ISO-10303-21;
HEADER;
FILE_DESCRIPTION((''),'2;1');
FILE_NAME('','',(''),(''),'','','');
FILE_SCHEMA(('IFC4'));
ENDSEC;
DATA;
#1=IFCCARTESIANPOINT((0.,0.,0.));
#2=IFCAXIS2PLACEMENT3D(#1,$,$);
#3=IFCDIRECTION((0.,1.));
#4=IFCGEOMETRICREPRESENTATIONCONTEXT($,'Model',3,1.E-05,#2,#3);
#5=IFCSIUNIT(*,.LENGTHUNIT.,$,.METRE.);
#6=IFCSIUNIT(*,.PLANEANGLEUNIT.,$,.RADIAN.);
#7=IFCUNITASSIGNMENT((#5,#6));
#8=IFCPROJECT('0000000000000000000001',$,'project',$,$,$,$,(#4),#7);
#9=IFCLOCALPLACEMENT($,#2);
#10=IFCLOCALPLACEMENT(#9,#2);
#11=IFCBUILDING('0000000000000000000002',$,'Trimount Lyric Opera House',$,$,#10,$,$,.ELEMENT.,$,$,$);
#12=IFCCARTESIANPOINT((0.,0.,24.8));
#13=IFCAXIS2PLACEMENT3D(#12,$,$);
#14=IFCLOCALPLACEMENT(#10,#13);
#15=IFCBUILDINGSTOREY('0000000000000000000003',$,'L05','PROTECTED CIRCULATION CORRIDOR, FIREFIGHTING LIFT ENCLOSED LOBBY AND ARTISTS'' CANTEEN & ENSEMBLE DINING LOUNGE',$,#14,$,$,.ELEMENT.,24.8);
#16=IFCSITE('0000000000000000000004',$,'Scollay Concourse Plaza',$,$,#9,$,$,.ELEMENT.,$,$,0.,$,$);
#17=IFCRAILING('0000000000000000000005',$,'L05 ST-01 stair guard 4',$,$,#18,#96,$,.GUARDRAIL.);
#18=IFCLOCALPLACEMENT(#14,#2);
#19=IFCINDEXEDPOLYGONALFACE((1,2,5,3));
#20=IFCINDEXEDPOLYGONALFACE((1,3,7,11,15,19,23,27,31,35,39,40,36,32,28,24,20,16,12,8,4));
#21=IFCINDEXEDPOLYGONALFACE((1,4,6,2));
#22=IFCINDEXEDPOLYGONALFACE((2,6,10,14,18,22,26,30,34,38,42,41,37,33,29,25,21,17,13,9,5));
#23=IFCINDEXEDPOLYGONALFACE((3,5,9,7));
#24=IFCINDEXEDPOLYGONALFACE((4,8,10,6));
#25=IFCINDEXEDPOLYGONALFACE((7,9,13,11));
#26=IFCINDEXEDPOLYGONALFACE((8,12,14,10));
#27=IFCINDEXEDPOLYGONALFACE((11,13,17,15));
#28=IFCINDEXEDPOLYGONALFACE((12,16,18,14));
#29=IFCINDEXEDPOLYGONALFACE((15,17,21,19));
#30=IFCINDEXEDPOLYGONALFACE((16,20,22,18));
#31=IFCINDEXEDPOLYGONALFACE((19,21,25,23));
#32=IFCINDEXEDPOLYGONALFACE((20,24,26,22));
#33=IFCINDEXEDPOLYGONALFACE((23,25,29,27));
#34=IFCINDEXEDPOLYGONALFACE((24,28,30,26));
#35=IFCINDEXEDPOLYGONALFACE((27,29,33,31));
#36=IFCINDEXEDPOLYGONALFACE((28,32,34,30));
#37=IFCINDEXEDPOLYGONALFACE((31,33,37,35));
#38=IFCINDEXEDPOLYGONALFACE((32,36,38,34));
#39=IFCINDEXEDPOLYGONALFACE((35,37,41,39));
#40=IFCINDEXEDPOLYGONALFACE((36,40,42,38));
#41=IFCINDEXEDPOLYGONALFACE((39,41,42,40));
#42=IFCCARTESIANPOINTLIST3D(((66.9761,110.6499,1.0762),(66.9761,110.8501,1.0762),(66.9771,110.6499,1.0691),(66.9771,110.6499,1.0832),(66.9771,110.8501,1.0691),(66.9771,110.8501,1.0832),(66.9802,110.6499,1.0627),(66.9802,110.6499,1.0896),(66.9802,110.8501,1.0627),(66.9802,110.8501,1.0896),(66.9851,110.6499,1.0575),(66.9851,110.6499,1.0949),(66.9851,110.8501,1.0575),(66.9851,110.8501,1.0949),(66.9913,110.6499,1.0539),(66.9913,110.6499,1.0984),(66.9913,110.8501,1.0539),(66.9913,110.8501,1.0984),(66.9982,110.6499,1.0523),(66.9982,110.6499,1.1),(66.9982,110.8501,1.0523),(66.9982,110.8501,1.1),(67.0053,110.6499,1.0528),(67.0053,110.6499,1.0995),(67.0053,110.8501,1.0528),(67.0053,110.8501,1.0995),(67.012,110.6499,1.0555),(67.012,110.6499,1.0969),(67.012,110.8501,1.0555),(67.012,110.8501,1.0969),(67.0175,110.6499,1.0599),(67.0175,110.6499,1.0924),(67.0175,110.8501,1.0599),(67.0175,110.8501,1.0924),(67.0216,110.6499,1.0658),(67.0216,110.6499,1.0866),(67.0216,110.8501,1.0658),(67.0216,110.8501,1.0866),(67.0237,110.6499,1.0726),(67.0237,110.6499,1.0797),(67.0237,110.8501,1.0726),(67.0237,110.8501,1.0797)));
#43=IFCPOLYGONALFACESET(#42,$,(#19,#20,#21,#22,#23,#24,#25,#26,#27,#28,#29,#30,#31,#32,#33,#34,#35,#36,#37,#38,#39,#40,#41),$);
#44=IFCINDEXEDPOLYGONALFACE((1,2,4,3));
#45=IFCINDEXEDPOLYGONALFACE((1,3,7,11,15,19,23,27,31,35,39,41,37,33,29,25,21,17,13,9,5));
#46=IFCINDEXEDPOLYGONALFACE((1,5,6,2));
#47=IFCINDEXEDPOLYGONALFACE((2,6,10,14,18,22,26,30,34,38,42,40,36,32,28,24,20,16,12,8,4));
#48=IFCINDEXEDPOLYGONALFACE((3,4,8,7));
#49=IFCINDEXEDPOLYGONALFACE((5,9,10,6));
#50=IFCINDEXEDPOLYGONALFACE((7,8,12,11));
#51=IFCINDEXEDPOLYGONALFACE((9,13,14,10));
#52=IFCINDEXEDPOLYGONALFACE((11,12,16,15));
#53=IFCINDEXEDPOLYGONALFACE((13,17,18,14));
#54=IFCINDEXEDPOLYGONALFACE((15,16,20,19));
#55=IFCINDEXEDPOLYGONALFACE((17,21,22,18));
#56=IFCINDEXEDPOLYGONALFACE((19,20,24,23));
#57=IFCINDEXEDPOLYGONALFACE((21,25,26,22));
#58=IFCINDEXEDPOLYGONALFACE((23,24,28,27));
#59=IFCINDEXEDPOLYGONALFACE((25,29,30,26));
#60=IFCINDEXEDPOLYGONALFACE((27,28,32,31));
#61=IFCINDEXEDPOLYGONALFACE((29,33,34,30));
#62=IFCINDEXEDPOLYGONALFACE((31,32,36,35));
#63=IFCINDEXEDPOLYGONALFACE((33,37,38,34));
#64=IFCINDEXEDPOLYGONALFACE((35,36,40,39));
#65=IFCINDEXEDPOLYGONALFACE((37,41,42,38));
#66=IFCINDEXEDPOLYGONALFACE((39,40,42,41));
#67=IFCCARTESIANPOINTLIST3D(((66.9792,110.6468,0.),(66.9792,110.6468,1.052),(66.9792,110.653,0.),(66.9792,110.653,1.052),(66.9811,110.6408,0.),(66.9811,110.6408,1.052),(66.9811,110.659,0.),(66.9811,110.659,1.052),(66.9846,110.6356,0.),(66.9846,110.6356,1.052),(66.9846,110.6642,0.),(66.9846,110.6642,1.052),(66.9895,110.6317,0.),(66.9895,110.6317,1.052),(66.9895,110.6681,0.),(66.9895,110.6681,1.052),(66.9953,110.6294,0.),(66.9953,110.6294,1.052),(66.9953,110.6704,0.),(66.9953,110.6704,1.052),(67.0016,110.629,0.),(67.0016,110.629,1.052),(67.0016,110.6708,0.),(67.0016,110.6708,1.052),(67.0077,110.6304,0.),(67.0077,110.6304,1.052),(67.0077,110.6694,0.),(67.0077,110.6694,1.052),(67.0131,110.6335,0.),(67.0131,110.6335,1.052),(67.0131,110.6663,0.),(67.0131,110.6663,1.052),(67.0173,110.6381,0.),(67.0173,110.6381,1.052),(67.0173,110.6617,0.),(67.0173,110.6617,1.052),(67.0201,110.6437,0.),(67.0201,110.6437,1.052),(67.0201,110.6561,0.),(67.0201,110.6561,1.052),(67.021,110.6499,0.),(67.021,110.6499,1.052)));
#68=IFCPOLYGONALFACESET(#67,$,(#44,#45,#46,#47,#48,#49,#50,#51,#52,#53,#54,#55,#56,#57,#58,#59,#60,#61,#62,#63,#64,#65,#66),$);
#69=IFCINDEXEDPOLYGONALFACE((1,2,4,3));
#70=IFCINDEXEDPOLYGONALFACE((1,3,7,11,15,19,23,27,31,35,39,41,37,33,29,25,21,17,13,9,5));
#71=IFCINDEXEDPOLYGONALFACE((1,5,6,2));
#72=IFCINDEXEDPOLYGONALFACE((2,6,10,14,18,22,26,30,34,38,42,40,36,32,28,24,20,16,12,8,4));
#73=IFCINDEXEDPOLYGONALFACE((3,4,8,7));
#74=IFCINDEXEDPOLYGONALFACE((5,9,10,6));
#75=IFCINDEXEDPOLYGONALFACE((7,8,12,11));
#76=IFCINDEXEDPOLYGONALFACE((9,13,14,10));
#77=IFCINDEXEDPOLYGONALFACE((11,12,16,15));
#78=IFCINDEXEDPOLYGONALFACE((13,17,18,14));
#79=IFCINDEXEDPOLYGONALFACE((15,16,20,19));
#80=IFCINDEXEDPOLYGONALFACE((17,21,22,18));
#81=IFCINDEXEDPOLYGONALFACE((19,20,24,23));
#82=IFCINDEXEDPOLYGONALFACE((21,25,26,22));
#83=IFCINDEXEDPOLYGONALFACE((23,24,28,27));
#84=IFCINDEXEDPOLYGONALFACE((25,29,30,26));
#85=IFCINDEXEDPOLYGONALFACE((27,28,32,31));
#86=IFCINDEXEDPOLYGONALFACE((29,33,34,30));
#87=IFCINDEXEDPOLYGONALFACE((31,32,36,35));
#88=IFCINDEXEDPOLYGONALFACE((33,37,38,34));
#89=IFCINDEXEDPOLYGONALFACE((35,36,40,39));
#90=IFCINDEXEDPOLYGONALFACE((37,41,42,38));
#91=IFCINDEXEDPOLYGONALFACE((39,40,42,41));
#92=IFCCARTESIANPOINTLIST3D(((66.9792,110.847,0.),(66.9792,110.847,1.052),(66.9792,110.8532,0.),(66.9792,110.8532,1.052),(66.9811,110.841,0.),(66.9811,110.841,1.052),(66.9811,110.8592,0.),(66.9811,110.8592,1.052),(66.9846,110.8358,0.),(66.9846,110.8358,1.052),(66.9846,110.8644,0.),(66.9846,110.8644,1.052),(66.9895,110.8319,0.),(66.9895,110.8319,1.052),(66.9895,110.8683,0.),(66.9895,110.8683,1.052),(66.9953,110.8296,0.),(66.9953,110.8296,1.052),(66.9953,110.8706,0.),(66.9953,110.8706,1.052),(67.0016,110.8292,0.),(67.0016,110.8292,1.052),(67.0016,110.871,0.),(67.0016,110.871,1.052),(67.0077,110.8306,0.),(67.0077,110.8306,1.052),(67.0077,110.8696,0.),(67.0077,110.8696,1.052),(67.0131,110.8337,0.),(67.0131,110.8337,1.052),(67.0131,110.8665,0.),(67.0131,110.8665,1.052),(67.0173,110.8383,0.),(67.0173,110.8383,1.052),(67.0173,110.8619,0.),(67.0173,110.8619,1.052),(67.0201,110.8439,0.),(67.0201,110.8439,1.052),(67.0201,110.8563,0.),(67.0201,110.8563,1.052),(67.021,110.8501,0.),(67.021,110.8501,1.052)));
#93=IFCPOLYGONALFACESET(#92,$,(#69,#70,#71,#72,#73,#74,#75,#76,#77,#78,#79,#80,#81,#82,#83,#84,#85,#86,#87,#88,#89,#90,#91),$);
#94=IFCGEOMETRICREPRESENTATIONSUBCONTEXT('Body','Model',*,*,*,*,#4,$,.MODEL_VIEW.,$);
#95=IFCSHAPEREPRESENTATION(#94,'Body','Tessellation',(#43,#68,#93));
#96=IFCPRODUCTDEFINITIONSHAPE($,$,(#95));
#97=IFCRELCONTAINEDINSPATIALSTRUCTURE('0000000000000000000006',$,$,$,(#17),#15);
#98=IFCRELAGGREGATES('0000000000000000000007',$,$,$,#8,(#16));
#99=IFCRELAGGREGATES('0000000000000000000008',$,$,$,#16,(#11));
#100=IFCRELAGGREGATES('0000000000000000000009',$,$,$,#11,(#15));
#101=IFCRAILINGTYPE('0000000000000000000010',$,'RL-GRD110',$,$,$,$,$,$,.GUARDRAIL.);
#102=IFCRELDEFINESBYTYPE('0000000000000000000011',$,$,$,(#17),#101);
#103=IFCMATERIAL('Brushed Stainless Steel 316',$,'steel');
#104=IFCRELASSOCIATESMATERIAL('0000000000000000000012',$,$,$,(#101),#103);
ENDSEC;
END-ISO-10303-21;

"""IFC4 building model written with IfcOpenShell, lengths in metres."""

from ifc_helpers import new_model, si_unit, direction, frame, origin, origin_2d, place, context, subcontext, project, spatial, circle, extrude, material, type_object, element, save


model = new_model("IFC4")

# Units and contexts
model_context = context("Model", 3, precision=1e-05, world=origin(), true_north=direction((0.0, 1.0)))
body_context = subcontext(model_context, "Body", "Model", "MODEL_VIEW")
ifc_project = project(units=[si_unit("LENGTHUNIT", "METRE"), si_unit("PLANEANGLEUNIT", "RADIAN")], contexts=[model_context])

# Site, building, storey
site_placement = place(None, origin())
site = spatial("IfcSite", under=ifc_project, at=site_placement, Name="Scollay Concourse Plaza", CompositionType="ELEMENT", RefElevation=0.0)
building_placement = place(site_placement, origin())
building = spatial("IfcBuilding", under=site, at=building_placement, Name="Trimount Lyric Opera House", CompositionType="ELEMENT")
storey_placement = place(building_placement, frame((0.0, 0.0, 24.8)))
storey = spatial("IfcBuildingStorey", under=building, at=storey_placement, Name="L05", Description="PROTECTED CIRCULATION CORRIDOR, FIREFIGHTING LIFT ENCLOSED LOBBY AND ARTISTS' CANTEEN & ENSEMBLE DINING LOUNGE", CompositionType="ELEMENT", Elevation=24.8)

# Railing
ifc_material_1 = material(Name="Brushed Stainless Steel 316", Category="steel")
railing_type_1 = type_object("IfcRailingType", Name="RL-GRD110", PredefinedType="GUARDRAIL", material=ifc_material_1)
railing_1_placement = place(storey_placement, frame((67.0, 110.6499, 0.0)))
element("IfcRailing", 1, at=railing_1_placement, inside=storey, type_object=railing_type_1, Name="L05 ST-01 stair guard 4", PredefinedType="GUARDRAIL", context=body_context, shape_type="SweptSolid", body=[
    extrude(circle(Radius=0.0239, at=origin_2d()), frame((0.0, 0.0, 1.0762), z_axis=(0.0, 1.0, 0.0), x_axis=(-1.0, 0.0, 0.0)), (0.0, 0.0, 1.0), 0.2002),
    extrude(circle(Radius=0.021, at=origin_2d()), origin(), (0.0, 0.0, 1.0), 1.052),
    extrude(circle(Radius=0.021, at=origin_2d()), frame((0.0, 0.2002, 0.0)), (0.0, 0.0, 1.0), 1.052),
])

save(model, "model.ifc")
